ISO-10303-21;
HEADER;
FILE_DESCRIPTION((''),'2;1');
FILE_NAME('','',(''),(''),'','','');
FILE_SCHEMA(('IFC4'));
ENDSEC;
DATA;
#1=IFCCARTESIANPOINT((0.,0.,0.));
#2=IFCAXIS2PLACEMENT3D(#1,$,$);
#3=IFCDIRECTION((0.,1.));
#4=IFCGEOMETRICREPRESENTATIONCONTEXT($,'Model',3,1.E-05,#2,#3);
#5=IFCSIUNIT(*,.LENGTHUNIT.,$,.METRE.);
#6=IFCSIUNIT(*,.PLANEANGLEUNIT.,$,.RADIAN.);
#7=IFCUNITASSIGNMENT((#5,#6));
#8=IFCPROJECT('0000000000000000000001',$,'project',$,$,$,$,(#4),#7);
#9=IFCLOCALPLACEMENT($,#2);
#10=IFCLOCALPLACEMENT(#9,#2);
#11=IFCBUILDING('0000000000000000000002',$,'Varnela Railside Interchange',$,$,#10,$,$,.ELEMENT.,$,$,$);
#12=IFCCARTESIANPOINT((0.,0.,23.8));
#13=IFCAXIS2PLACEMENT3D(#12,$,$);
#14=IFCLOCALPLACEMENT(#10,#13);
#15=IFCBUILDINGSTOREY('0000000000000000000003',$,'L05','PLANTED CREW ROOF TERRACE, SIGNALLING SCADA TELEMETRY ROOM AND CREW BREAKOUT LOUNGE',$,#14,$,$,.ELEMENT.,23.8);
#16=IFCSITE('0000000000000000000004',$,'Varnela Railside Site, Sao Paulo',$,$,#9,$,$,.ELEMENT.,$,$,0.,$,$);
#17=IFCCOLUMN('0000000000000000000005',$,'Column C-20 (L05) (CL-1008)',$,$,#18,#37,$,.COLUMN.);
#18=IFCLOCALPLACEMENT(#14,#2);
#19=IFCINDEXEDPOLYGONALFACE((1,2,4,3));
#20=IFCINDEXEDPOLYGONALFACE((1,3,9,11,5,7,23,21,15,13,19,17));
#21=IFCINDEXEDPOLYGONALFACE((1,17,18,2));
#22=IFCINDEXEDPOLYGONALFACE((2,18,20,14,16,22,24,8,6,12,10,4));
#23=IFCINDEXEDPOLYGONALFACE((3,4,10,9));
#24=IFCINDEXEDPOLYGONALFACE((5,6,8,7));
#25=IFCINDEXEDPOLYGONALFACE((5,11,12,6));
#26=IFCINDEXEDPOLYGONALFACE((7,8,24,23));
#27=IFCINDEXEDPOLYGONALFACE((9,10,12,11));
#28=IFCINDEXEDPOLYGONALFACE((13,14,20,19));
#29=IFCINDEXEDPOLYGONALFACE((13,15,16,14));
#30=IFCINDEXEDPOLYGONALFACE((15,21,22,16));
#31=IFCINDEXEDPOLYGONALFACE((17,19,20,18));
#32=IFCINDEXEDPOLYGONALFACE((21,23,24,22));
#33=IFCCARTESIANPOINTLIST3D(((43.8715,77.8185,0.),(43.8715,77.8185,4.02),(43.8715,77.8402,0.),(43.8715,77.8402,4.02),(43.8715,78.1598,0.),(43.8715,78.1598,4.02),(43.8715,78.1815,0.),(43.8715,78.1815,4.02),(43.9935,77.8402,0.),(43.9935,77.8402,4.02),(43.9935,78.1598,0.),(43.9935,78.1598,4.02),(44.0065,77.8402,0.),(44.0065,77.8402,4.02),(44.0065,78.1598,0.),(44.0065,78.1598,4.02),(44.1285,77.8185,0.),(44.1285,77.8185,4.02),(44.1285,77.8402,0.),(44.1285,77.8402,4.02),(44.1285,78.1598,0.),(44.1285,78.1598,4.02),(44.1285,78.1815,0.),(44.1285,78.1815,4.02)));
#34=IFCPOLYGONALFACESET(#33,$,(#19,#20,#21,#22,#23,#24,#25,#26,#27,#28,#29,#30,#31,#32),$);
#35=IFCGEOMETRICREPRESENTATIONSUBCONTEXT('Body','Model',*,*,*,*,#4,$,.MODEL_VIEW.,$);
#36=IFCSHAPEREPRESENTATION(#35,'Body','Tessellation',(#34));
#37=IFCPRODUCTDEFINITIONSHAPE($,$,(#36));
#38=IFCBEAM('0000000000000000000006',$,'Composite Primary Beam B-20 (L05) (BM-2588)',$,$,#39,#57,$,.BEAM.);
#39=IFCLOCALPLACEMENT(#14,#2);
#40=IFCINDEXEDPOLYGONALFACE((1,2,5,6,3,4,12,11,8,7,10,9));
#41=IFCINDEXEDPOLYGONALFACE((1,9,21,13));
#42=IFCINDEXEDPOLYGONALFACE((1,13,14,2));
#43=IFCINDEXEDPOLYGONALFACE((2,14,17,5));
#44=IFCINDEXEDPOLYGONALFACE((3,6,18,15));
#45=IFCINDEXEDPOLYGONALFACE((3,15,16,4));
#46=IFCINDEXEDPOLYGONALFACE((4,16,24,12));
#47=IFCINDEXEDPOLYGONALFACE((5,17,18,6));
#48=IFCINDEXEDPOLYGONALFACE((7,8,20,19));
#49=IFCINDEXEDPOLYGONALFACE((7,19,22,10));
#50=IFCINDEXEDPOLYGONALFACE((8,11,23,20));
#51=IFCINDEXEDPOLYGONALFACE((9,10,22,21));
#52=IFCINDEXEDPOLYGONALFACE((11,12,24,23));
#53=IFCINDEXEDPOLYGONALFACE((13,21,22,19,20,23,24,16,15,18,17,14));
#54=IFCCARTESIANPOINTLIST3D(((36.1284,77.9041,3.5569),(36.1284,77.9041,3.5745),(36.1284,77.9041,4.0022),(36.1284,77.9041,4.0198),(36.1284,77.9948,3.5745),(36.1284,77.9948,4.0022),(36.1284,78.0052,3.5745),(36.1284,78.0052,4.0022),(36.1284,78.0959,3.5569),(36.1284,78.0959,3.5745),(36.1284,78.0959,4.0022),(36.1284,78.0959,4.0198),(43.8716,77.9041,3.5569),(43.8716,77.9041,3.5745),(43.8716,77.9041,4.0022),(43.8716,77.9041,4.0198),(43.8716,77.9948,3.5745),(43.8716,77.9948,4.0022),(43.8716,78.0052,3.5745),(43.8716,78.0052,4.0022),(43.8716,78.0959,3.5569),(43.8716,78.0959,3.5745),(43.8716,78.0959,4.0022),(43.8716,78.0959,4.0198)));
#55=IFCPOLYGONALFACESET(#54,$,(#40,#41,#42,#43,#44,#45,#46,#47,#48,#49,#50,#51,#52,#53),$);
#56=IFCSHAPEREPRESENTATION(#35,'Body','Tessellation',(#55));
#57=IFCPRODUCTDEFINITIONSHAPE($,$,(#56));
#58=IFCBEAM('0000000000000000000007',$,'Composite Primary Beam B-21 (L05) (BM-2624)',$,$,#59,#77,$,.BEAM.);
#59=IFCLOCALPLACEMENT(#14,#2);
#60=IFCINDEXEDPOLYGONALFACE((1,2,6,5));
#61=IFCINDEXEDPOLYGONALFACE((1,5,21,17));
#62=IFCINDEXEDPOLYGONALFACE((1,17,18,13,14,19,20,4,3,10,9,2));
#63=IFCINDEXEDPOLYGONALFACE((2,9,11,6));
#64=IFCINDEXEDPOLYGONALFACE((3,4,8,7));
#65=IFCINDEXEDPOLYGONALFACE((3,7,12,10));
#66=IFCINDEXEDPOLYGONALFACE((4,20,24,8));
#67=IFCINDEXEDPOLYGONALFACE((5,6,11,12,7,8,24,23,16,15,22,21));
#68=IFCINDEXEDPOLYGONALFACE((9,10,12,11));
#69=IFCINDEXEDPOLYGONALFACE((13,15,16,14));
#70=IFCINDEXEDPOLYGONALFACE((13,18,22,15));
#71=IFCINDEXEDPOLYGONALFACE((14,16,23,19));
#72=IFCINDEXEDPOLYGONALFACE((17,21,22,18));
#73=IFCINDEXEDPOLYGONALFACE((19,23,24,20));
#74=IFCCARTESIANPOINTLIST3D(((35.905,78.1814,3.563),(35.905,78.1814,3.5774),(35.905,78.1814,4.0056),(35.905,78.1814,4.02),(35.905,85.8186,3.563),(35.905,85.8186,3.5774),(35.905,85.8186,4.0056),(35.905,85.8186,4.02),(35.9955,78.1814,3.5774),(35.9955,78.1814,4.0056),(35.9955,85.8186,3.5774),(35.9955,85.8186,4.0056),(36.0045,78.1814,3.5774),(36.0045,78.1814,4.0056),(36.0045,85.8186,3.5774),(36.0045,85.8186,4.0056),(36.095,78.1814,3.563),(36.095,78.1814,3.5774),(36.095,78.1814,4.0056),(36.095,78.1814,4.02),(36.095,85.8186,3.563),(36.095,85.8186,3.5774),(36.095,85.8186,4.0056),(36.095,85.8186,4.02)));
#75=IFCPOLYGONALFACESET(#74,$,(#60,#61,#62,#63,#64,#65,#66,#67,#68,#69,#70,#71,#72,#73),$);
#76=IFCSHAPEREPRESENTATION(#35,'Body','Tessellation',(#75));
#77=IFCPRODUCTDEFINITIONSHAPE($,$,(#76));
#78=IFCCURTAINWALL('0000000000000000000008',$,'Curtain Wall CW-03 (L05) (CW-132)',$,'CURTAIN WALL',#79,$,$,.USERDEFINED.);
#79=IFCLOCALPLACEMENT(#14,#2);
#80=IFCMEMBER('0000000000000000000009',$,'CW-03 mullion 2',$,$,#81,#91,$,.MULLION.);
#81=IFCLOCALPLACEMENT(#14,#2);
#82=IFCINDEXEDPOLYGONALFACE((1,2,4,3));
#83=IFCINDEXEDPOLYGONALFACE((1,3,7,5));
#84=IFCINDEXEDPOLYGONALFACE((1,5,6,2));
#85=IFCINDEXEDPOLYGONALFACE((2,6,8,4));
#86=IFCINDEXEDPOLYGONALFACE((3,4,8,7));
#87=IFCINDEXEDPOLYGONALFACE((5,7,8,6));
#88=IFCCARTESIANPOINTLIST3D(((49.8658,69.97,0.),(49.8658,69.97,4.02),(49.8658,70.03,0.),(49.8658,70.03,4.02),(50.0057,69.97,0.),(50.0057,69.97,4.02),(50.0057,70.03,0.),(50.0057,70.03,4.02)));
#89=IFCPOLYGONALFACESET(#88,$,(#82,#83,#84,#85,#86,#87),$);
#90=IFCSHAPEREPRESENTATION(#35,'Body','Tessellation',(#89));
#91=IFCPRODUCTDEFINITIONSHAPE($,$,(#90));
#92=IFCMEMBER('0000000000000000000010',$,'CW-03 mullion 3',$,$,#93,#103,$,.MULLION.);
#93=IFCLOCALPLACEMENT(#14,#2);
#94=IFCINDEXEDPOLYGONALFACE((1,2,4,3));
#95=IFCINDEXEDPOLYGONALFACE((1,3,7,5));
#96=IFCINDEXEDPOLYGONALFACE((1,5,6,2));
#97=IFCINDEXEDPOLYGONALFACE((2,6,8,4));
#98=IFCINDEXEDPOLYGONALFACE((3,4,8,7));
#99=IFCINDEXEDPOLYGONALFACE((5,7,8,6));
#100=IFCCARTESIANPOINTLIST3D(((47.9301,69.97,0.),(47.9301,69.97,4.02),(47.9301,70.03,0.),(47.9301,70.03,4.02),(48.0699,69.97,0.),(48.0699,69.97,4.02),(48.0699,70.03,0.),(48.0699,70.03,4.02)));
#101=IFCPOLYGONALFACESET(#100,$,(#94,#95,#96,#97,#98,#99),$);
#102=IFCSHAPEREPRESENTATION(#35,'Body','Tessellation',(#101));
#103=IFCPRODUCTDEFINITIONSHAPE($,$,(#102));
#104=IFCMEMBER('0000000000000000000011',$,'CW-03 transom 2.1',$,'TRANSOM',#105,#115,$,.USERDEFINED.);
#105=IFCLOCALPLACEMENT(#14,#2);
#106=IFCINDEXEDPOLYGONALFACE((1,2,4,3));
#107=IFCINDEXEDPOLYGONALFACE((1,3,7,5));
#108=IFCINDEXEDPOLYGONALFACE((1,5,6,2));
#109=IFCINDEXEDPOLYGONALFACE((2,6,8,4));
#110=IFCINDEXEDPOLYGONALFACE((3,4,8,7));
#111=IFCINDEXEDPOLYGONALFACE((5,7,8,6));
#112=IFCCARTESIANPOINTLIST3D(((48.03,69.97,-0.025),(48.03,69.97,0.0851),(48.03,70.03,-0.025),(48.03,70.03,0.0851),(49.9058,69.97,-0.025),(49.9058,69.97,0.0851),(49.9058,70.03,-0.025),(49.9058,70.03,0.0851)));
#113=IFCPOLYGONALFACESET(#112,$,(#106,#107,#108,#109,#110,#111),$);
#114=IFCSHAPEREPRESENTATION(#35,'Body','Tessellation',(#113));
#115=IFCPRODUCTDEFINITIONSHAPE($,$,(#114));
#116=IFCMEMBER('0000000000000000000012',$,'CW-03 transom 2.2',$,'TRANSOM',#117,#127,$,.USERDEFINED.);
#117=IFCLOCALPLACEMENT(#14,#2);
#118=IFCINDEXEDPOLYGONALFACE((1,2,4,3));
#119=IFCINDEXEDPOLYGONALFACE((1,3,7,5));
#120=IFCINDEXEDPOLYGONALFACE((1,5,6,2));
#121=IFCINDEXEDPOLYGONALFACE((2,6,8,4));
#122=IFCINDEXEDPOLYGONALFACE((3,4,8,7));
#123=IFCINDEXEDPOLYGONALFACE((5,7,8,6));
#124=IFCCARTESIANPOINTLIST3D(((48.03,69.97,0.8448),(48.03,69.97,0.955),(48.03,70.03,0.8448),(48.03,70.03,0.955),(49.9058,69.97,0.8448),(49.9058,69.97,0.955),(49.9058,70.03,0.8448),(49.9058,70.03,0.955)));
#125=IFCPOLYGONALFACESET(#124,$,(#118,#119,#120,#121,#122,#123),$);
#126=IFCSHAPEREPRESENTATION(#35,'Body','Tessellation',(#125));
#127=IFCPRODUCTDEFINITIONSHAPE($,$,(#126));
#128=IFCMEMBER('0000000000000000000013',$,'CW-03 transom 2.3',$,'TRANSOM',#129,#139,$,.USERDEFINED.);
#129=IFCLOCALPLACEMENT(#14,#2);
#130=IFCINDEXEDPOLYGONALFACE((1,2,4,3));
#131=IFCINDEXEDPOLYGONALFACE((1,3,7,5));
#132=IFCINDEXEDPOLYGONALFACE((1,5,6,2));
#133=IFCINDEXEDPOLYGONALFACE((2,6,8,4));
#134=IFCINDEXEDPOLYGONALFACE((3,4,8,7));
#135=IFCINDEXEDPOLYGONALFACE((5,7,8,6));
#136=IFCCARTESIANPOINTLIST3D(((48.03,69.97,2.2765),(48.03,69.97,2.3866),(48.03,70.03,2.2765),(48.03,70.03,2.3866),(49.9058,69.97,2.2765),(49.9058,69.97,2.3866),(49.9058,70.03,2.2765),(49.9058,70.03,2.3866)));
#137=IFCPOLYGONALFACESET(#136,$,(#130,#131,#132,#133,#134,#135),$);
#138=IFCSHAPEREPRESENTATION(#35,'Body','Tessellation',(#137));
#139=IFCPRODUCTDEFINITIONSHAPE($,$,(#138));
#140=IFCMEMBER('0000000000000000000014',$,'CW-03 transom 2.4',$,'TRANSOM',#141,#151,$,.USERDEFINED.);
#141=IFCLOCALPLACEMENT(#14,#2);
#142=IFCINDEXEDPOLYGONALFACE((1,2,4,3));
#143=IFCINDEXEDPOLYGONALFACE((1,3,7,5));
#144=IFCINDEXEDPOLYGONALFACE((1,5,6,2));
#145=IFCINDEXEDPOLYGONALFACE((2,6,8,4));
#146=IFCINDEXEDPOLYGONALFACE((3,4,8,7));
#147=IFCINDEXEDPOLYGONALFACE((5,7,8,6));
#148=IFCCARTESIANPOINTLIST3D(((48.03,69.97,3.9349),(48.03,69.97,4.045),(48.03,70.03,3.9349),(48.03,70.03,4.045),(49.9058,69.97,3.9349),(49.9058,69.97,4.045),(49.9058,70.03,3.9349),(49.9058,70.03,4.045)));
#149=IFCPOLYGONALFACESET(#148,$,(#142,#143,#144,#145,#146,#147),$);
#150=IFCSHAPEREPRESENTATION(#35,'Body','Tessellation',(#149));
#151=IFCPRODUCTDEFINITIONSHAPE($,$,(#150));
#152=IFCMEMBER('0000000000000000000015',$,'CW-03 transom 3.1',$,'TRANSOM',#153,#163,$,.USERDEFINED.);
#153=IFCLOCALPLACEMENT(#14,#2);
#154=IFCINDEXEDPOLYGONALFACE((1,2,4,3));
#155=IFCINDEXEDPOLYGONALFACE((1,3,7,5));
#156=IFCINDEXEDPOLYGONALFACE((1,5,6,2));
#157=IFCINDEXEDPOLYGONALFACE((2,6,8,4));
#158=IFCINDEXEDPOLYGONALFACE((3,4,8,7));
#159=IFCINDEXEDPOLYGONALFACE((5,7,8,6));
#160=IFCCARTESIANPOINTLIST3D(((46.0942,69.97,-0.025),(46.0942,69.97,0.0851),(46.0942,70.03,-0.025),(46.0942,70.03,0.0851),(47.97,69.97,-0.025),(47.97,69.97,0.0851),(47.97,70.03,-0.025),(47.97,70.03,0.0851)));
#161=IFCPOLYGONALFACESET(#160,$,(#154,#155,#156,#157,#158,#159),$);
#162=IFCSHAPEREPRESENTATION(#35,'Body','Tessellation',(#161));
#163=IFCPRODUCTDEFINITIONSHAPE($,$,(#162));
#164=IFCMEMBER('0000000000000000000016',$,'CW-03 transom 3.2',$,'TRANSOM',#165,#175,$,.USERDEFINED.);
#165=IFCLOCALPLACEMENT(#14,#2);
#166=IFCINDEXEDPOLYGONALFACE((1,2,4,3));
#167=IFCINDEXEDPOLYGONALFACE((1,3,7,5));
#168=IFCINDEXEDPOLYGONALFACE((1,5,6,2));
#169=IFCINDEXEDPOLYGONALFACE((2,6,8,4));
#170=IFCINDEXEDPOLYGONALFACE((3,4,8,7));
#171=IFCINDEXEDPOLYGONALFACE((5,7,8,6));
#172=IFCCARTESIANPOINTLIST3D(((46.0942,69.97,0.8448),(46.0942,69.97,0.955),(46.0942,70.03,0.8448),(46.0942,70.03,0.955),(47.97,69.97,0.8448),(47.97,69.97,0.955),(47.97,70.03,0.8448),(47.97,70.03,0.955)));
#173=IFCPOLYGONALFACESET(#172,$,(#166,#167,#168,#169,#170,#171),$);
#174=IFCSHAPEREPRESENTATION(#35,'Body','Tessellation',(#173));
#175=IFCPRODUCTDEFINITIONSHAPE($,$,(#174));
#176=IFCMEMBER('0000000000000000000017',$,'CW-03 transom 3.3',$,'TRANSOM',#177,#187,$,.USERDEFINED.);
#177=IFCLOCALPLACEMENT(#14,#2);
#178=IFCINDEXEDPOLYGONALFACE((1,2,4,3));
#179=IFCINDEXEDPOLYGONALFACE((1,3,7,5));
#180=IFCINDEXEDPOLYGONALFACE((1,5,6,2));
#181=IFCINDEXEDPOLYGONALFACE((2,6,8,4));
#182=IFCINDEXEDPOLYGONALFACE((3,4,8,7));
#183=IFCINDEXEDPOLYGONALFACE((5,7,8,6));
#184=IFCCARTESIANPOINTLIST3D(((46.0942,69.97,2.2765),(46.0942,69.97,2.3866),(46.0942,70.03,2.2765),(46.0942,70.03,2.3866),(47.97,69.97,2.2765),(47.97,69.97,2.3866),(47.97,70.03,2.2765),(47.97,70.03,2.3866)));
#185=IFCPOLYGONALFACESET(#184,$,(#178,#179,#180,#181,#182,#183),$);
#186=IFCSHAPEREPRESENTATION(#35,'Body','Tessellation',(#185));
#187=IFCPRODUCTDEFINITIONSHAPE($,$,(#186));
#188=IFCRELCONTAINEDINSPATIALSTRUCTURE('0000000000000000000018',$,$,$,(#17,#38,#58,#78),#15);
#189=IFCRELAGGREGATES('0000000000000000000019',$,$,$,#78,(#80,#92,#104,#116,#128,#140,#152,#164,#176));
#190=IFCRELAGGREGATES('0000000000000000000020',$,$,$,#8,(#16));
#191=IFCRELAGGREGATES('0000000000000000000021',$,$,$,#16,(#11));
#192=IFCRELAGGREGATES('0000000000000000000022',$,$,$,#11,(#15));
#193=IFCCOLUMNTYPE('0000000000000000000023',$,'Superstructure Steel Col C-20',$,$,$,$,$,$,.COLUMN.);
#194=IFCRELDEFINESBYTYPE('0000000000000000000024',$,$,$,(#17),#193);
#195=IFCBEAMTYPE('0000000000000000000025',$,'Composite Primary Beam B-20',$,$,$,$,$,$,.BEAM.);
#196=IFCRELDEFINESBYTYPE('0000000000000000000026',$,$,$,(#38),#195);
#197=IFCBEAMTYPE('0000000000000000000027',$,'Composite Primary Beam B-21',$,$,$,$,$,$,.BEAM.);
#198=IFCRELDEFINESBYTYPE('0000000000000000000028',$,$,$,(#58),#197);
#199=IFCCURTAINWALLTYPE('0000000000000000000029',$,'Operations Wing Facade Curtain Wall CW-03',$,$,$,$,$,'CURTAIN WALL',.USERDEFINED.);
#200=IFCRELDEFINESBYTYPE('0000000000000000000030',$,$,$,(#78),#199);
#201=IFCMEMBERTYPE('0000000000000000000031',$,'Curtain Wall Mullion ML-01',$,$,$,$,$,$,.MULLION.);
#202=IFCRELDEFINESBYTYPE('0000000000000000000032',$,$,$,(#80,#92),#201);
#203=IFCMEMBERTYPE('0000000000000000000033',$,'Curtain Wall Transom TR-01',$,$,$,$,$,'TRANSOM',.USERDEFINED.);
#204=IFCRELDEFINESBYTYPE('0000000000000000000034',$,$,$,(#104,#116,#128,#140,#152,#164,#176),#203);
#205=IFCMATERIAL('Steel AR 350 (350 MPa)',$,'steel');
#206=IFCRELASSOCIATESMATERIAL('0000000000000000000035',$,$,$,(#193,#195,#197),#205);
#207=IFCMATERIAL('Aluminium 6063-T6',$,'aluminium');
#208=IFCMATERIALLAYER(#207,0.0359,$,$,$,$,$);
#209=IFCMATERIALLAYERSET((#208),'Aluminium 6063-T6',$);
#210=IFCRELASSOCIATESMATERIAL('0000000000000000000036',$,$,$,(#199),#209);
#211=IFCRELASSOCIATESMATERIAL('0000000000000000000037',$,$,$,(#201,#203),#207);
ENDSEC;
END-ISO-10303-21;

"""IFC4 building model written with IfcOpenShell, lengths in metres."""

from ifc_helpers import new_model, si_unit, direction, frame, origin, origin_2d, place, context, subcontext, project, spatial, rectangle, i_section, extrude, material, layer, layer_set, material_profile, profile_set, type_object, element, aggregate, save


model = new_model("IFC4")

# Units and contexts
model_context = context("Model", 3, precision=1e-05, world=origin(), true_north=direction((0.0, 1.0)))
body_context = subcontext(model_context, "Body", "Model", "MODEL_VIEW")
ifc_project = project(units=[si_unit("LENGTHUNIT", "METRE"), si_unit("PLANEANGLEUNIT", "RADIAN")], contexts=[model_context])

# Site, building, storey
site_placement = place(None, origin())
site = spatial("IfcSite", under=ifc_project, at=site_placement, Name="Varnela Railside Site, Sao Paulo", CompositionType="ELEMENT", RefElevation=0.0)
building_placement = place(site_placement, origin())
building = spatial("IfcBuilding", under=site, at=building_placement, Name="Varnela Railside Interchange", CompositionType="ELEMENT")
storey_placement = place(building_placement, frame((0.0, 0.0, 23.8)))
storey = spatial("IfcBuildingStorey", under=building, at=storey_placement, Name="L05", Description="PLANTED CREW ROOF TERRACE, SIGNALLING SCADA TELEMETRY ROOM AND CREW BREAKOUT LOUNGE", CompositionType="ELEMENT", Elevation=23.8)

# Column
ifc_material_1 = material(Name="Steel AR 350 (350 MPa)", Category="steel")
ifc_material_profile_1 = material_profile(ifc_material_1, i_section(OverallWidth=0.2571, OverallDepth=0.363, WebThickness=0.0129, FlangeThickness=0.0217, at=origin_2d()), Name="W360x122")
ifc_profile_set_1 = profile_set([ifc_material_profile_1], Name="Steel AR 350 (350 MPa)")
column_type = type_object("IfcColumnType", Name="Superstructure Steel Col C-20", PredefinedType="COLUMN", material=ifc_profile_set_1)
column_placement = place(storey_placement, frame((44.0, 78.0, 0.0), z_axis=(0.0, 0.0, 1.0), x_axis=(1.0, 0.0, 0.0)))
element("IfcColumn", 1, at=column_placement, inside=storey, type_object=column_type, Name="Column C-20 (L05) (CL-1008)", PredefinedType="COLUMN", context=body_context, shape_type="SweptSolid", body=[
    extrude(i_section(OverallWidth=0.2571, OverallDepth=0.363, WebThickness=0.0129, FlangeThickness=0.0217, at=origin_2d()), origin(), (0.0, 0.0, 1.0), 4.02),
])

# Beams
ifc_material_profile_2 = material_profile(ifc_material_1, i_section(OverallWidth=0.1919, OverallDepth=0.4629, WebThickness=0.0105, FlangeThickness=0.0176, at=origin_2d()), Name="W460x89")
ifc_profile_set_2 = profile_set([ifc_material_profile_2], Name="Steel AR 350 (350 MPa)")
beam_type_1 = type_object("IfcBeamType", Name="Composite Primary Beam B-20", PredefinedType="BEAM", material=ifc_profile_set_2)
beam_1_placement = place(storey_placement, frame((36.1284, 78.0, 3.7883), z_axis=(1.0, 0.0, 0.0), x_axis=(0.0, 1.0, 0.0)))
element("IfcBeam", 2, at=beam_1_placement, inside=storey, type_object=beam_type_1, Name="Composite Primary Beam B-20 (L05) (BM-2588)", PredefinedType="BEAM", context=body_context, shape_type="SweptSolid", body=[
    extrude(i_section(OverallWidth=0.1919, OverallDepth=0.4629, WebThickness=0.0105, FlangeThickness=0.0176, at=origin_2d()), origin(), (0.0, 0.0, 1.0), 7.7432),
])
ifc_material_profile_3 = material_profile(ifc_material_1, i_section(OverallWidth=0.1899, OverallDepth=0.457, WebThickness=0.009, FlangeThickness=0.0144, at=origin_2d()), Name="W460x74")
ifc_profile_set_3 = profile_set([ifc_material_profile_3], Name="Steel AR 350 (350 MPa)")
beam_type_2 = type_object("IfcBeamType", Name="Composite Primary Beam B-21", PredefinedType="BEAM", material=ifc_profile_set_3)
beam_2_placement = place(storey_placement, frame((36.0, 78.1814, 3.7915), z_axis=(0.0, 1.0, 0.0), x_axis=(-1.0, 0.0, 0.0)))
element("IfcBeam", 3, at=beam_2_placement, inside=storey, type_object=beam_type_2, Name="Composite Primary Beam B-21 (L05) (BM-2624)", PredefinedType="BEAM", context=body_context, shape_type="SweptSolid", body=[
    extrude(i_section(OverallWidth=0.1899, OverallDepth=0.457, WebThickness=0.009, FlangeThickness=0.0144, at=origin_2d()), origin(), (0.0, 0.0, 1.0), 7.6372),
])

# Curtain wall, members
ifc_material_2 = material(Name="Aluminium 6063-T6", Category="aluminium")
ifc_layer_1 = layer(ifc_material_2, 0.0359)
ifc_layer_set_1 = layer_set([ifc_layer_1], Name="Aluminium 6063-T6")
curtain_wall_type = type_object("IfcCurtainWallType", Name="Operations Wing Facade Curtain Wall CW-03", ElementType="CURTAIN WALL", PredefinedType="USERDEFINED", material=ifc_layer_set_1)
curtain_wall_placement = place(storey_placement, origin())
curtain_wall = element("IfcCurtainWall", 4, at=curtain_wall_placement, inside=storey, type_object=curtain_wall_type, Name="Curtain Wall CW-03 (L05) (CW-132)", ObjectType="CURTAIN WALL", PredefinedType="USERDEFINED")
ifc_material_profile_4 = material_profile(ifc_material_2, rectangle(XDim=0.0601, YDim=0.1399, at=origin_2d()), Name="ALU 60x140")
ifc_profile_set_4 = profile_set([ifc_material_profile_4], Name="Aluminium 6063-T6")
member_type_1 = type_object("IfcMemberType", Name="Curtain Wall Mullion ML-01", PredefinedType="MULLION", material=ifc_profile_set_4)
member_1_placement = place(storey_placement, frame((49.9358, 70.0, 0.0), z_axis=(0.0, 0.0, 1.0), x_axis=(0.0, -1.0, 0.0)))
member_1 = element("IfcMember", 5, at=member_1_placement, type_object=member_type_1, Name="CW-03 mullion 2", PredefinedType="MULLION", context=body_context, shape_type="SweptSolid", body=[
    extrude(rectangle(XDim=0.0601, YDim=0.1399, at=origin_2d()), origin(), (0.0, 0.0, 1.0), 4.02),
])
member_2_placement = place(storey_placement, frame((48.0, 70.0, 0.0), z_axis=(0.0, 0.0, 1.0), x_axis=(0.0, -1.0, 0.0)))
member_2 = element("IfcMember", 6, at=member_2_placement, type_object=member_type_1, Name="CW-03 mullion 3", PredefinedType="MULLION", context=body_context, shape_type="SweptSolid", body=[
    extrude(rectangle(XDim=0.0601, YDim=0.1399, at=origin_2d()), origin(), (0.0, 0.0, 1.0), 4.02),
])
ifc_material_profile_5 = material_profile(ifc_material_2, rectangle(XDim=0.0601, YDim=0.1101, at=origin_2d()), Name="ALU 60x110")
ifc_profile_set_5 = profile_set([ifc_material_profile_5], Name="Aluminium 6063-T6")
member_type_2 = type_object("IfcMemberType", Name="Curtain Wall Transom TR-01", ElementType="TRANSOM", PredefinedType="USERDEFINED", material=ifc_profile_set_5)
member_3_placement = place(storey_placement, frame((49.9058, 70.0, 0.03), z_axis=(-1.0, 0.0, 0.0), x_axis=(0.0, -1.0, 0.0)))
member_3 = element("IfcMember", 7, at=member_3_placement, type_object=member_type_2, Name="CW-03 transom 2.1", ObjectType="TRANSOM", PredefinedType="USERDEFINED", context=body_context, shape_type="SweptSolid", body=[
    extrude(rectangle(XDim=0.0601, YDim=0.1101, at=origin_2d()), origin(), (0.0, 0.0, 1.0), 1.8757),
])
member_4_placement = place(storey_placement, frame((49.9058, 70.0, 0.8999), z_axis=(-1.0, 0.0, 0.0), x_axis=(0.0, -1.0, 0.0)))
member_4 = element("IfcMember", 8, at=member_4_placement, type_object=member_type_2, Name="CW-03 transom 2.2", ObjectType="TRANSOM", PredefinedType="USERDEFINED", context=body_context, shape_type="SweptSolid", body=[
    extrude(rectangle(XDim=0.0601, YDim=0.1101, at=origin_2d()), origin(), (0.0, 0.0, 1.0), 1.8757),
])
member_5_placement = place(storey_placement, frame((49.9058, 70.0, 2.3315), z_axis=(-1.0, 0.0, 0.0), x_axis=(0.0, -1.0, 0.0)))
member_5 = element("IfcMember", 9, at=member_5_placement, type_object=member_type_2, Name="CW-03 transom 2.3", ObjectType="TRANSOM", PredefinedType="USERDEFINED", context=body_context, shape_type="SweptSolid", body=[
    extrude(rectangle(XDim=0.0601, YDim=0.1101, at=origin_2d()), origin(), (0.0, 0.0, 1.0), 1.8757),
])
member_6_placement = place(storey_placement, frame((49.9058, 70.0, 3.99), z_axis=(-1.0, 0.0, 0.0), x_axis=(0.0, -1.0, 0.0)))
member_6 = element("IfcMember", 10, at=member_6_placement, type_object=member_type_2, Name="CW-03 transom 2.4", ObjectType="TRANSOM", PredefinedType="USERDEFINED", context=body_context, shape_type="SweptSolid", body=[
    extrude(rectangle(XDim=0.0601, YDim=0.1101, at=origin_2d()), origin(), (0.0, 0.0, 1.0), 1.8757),
])
member_7_placement = place(storey_placement, frame((47.97, 70.0, 0.03), z_axis=(-1.0, 0.0, 0.0), x_axis=(0.0, -1.0, 0.0)))
member_7 = element("IfcMember", 11, at=member_7_placement, type_object=member_type_2, Name="CW-03 transom 3.1", ObjectType="TRANSOM", PredefinedType="USERDEFINED", context=body_context, shape_type="SweptSolid", body=[
    extrude(rectangle(XDim=0.0601, YDim=0.1101, at=origin_2d()), origin(), (0.0, 0.0, 1.0), 1.8757),
])
member_8_placement = place(storey_placement, frame((47.97, 70.0, 0.8999), z_axis=(-1.0, 0.0, 0.0), x_axis=(0.0, -1.0, 0.0)))
member_8 = element("IfcMember", 12, at=member_8_placement, type_object=member_type_2, Name="CW-03 transom 3.2", ObjectType="TRANSOM", PredefinedType="USERDEFINED", context=body_context, shape_type="SweptSolid", body=[
    extrude(rectangle(XDim=0.0601, YDim=0.1101, at=origin_2d()), origin(), (0.0, 0.0, 1.0), 1.8757),
])
member_9_placement = place(storey_placement, frame((47.97, 70.0, 2.3315), z_axis=(-1.0, 0.0, 0.0), x_axis=(0.0, -1.0, 0.0)))
member_9 = element("IfcMember", 13, at=member_9_placement, type_object=member_type_2, Name="CW-03 transom 3.3", ObjectType="TRANSOM", PredefinedType="USERDEFINED", context=body_context, shape_type="SweptSolid", body=[
    extrude(rectangle(XDim=0.0601, YDim=0.1101, at=origin_2d()), origin(), (0.0, 0.0, 1.0), 1.8757),
])

aggregate(curtain_wall, [member_1, member_2, member_3, member_4, member_5, member_6, member_7, member_8, member_9])

save(model, "model.ifc")
